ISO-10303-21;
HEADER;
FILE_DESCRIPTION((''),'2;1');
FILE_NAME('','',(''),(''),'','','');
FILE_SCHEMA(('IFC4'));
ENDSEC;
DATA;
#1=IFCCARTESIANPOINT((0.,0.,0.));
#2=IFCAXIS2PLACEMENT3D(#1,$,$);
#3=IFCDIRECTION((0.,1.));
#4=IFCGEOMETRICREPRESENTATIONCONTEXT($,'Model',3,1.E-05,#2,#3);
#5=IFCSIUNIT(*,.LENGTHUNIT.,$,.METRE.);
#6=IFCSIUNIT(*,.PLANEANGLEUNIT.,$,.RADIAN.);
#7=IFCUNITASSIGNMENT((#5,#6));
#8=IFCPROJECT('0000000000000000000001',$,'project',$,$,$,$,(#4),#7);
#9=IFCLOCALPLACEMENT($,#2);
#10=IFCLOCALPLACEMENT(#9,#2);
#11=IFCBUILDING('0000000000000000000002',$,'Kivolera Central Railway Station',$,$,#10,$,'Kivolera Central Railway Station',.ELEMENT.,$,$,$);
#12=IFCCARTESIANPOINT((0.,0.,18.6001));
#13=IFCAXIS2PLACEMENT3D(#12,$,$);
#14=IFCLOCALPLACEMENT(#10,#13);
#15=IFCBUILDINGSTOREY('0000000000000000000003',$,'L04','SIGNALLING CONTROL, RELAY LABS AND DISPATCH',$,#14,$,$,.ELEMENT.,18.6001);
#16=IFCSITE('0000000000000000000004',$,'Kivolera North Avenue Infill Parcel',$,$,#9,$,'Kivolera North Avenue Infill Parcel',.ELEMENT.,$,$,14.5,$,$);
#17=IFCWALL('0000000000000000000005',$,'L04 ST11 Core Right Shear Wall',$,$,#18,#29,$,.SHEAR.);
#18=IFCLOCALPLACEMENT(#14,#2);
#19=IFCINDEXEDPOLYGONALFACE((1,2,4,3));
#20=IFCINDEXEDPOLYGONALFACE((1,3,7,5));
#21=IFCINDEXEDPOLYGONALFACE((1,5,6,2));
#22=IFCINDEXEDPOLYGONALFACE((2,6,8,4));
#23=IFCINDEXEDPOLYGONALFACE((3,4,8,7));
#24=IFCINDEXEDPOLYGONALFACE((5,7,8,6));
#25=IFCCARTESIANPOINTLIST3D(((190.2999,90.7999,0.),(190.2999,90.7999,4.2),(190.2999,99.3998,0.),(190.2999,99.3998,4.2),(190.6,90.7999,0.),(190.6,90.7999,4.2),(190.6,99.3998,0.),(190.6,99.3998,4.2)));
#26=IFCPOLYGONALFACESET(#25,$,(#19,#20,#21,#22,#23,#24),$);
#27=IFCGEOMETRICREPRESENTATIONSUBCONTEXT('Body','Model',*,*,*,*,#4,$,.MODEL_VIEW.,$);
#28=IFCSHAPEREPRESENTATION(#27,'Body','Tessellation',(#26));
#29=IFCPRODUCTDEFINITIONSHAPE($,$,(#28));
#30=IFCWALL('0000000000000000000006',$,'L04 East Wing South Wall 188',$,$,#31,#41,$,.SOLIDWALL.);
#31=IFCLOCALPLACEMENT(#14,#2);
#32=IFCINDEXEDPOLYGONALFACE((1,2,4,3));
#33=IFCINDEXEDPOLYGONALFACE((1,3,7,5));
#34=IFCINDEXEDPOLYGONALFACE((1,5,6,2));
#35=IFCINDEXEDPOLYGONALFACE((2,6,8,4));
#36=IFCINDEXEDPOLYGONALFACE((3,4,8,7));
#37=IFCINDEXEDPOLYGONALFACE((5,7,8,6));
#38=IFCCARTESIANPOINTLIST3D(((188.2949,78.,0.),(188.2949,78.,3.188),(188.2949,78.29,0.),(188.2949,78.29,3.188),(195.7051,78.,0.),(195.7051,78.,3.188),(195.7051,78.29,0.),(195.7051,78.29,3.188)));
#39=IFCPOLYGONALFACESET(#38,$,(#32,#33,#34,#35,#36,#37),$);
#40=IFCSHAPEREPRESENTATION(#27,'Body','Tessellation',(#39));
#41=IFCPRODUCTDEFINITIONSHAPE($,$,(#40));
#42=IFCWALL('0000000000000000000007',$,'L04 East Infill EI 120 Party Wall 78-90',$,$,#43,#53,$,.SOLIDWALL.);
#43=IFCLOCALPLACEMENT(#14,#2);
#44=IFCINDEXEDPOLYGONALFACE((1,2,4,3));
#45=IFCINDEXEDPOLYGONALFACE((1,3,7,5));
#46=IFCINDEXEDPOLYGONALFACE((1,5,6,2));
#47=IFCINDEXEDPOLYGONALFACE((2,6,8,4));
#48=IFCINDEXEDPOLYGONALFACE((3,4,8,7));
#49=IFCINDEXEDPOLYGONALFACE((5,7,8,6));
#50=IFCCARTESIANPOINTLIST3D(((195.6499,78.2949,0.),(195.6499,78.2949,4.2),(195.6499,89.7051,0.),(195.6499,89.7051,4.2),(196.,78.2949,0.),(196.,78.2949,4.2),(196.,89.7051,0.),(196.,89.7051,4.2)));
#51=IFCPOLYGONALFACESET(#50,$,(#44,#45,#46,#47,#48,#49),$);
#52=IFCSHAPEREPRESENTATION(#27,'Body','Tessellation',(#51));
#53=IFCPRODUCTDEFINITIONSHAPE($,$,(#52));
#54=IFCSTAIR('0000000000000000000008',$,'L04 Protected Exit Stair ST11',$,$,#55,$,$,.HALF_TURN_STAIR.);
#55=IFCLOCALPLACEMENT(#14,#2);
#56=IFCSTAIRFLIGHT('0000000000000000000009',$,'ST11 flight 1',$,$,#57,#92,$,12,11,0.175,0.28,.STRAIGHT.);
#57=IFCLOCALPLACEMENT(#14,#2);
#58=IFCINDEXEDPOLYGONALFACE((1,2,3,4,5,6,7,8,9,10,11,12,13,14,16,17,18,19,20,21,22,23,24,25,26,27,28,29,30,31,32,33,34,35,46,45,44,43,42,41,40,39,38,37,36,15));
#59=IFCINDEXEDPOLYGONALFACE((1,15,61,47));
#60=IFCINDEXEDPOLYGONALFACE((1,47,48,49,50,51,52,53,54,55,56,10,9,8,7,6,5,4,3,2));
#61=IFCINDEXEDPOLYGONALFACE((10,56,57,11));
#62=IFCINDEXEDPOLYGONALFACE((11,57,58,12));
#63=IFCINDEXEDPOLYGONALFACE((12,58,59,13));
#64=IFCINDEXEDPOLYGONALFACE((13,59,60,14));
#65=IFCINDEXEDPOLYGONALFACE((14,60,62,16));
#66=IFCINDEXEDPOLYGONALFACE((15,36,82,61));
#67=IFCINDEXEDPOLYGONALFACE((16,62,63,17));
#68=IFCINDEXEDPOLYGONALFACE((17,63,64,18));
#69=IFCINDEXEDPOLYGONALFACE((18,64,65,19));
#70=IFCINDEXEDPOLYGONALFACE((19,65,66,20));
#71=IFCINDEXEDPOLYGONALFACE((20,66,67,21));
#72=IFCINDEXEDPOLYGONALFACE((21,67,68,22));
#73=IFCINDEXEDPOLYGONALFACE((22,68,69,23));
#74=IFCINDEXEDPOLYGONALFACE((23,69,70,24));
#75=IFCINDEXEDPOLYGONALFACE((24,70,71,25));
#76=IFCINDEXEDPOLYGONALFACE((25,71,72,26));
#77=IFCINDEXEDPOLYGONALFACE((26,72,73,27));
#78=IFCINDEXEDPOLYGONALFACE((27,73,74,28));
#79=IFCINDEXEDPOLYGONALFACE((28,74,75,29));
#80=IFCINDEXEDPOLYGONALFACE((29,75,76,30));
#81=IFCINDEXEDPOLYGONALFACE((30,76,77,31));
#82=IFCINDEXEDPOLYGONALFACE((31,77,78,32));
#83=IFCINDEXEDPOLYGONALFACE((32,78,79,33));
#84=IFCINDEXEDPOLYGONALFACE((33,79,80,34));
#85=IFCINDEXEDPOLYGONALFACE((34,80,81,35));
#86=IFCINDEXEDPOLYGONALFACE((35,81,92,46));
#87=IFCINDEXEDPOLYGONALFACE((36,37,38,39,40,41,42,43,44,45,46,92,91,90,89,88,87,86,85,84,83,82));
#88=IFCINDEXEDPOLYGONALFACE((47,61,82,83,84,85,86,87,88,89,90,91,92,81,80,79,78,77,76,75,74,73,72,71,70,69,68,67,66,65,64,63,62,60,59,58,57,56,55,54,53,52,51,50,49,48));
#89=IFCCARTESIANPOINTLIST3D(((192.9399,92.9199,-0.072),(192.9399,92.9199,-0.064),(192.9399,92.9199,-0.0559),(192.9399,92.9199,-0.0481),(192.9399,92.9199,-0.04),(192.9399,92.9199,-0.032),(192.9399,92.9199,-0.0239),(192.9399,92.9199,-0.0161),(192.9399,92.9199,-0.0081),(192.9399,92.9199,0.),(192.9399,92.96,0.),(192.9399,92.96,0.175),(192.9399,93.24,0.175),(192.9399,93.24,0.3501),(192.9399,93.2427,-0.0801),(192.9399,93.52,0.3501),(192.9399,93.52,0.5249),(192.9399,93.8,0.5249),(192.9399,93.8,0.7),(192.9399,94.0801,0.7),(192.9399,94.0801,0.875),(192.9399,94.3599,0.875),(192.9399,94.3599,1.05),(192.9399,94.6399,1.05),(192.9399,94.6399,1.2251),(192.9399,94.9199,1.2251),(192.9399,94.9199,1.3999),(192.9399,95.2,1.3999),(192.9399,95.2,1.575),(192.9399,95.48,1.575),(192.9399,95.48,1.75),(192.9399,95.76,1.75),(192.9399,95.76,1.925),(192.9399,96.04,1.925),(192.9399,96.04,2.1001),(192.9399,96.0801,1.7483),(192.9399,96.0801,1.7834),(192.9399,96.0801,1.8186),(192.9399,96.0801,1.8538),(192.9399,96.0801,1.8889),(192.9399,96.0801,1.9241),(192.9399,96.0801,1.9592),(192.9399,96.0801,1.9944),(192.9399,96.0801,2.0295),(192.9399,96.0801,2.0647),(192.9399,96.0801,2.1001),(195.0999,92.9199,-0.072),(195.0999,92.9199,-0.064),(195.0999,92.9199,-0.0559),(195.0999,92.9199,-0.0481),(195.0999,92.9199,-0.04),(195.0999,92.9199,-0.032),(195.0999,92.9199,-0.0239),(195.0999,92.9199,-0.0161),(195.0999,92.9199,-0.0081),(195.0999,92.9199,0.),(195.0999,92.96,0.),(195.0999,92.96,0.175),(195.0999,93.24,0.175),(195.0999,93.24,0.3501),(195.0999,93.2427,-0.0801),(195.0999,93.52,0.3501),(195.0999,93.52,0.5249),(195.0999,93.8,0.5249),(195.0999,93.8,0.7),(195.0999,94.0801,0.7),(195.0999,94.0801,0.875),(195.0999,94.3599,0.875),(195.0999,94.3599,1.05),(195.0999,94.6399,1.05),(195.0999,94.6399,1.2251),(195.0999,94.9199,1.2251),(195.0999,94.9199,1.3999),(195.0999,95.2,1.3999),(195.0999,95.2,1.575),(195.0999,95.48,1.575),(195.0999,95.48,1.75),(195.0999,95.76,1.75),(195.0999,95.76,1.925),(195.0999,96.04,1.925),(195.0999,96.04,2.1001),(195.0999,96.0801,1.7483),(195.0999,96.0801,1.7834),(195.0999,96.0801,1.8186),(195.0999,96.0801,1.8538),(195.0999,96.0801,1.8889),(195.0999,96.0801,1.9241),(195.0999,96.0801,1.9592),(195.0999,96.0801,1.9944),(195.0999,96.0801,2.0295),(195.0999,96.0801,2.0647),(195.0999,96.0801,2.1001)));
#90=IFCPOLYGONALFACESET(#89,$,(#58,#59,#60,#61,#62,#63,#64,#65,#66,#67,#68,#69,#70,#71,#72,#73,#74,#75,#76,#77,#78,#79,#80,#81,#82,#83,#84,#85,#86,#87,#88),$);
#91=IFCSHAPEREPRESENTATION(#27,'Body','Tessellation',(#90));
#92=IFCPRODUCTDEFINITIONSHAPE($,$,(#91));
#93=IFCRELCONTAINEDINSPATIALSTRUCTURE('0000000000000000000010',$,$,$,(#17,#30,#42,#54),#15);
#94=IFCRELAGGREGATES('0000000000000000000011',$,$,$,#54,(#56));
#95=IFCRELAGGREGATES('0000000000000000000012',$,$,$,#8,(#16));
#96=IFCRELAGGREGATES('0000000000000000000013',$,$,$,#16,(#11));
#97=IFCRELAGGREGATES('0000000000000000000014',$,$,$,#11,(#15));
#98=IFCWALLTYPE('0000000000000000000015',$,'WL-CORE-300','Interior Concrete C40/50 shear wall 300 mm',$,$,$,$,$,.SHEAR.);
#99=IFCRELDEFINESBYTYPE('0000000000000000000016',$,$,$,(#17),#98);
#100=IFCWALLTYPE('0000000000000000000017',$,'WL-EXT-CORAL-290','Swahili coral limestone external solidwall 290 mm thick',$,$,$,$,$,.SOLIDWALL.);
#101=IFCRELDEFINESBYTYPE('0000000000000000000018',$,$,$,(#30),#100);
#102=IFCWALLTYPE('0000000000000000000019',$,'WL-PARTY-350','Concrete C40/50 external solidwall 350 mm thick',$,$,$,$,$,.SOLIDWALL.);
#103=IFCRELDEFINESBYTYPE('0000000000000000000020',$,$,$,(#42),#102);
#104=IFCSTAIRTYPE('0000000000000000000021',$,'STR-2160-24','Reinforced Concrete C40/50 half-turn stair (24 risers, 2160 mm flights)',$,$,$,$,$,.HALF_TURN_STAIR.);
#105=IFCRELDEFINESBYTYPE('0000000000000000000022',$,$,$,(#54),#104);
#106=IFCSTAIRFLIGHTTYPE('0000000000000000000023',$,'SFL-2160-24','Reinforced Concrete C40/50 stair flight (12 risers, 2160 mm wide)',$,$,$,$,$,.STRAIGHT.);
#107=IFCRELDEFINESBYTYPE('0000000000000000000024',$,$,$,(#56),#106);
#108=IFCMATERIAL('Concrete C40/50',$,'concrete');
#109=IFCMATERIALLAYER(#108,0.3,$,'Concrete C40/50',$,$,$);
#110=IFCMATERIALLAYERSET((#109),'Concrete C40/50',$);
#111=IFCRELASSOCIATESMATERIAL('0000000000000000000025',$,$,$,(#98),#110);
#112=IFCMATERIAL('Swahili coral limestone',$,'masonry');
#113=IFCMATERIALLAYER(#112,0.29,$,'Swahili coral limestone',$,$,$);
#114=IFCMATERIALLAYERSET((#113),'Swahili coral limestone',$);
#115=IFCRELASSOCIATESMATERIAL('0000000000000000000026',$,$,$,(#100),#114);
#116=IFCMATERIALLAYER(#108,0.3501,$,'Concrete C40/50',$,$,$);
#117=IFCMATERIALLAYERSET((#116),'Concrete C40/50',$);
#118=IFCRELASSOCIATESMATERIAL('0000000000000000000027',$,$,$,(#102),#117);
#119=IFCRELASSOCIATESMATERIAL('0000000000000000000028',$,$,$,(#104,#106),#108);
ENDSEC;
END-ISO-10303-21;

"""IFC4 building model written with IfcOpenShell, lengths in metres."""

from ifc_helpers import new_model, si_unit, direction, frame, frame_2d, origin, place, context, subcontext, project, spatial, polyline, rectangle, outline, extrude, material, layer, layer_set, type_object, element, aggregate, save


model = new_model("IFC4")

# Units and contexts
model_context = context("Model", 3, precision=1e-05, world=origin(), true_north=direction((0.0, 1.0)))
body_context = subcontext(model_context, "Body", "Model", "MODEL_VIEW")
ifc_project = project(units=[si_unit("LENGTHUNIT", "METRE"), si_unit("PLANEANGLEUNIT", "RADIAN")], contexts=[model_context])

# Site, building, storey
site_placement = place(None, origin())
site = spatial("IfcSite", under=ifc_project, at=site_placement, Name="Kivolera North Avenue Infill Parcel", LongName="Kivolera North Avenue Infill Parcel", CompositionType="ELEMENT", RefElevation=14.5)
building_placement = place(site_placement, origin())
building = spatial("IfcBuilding", under=site, at=building_placement, Name="Kivolera Central Railway Station", LongName="Kivolera Central Railway Station", CompositionType="ELEMENT")
storey_placement = place(building_placement, frame((0.0, 0.0, 18.6001)))
storey = spatial("IfcBuildingStorey", under=building, at=storey_placement, Name="L04", Description="SIGNALLING CONTROL, RELAY LABS AND DISPATCH", CompositionType="ELEMENT", Elevation=18.6001)

# Shared definitions
ifc_material_1 = material(Name="Concrete C40/50", Category="concrete")

# Wall
ifc_layer_1 = layer(ifc_material_1, 0.3, Name="Concrete C40/50")
ifc_layer_set_1 = layer_set([ifc_layer_1], Name="Concrete C40/50")
wall_type_1 = type_object("IfcWallType", Name="WL-CORE-300", Description="Interior Concrete C40/50 shear wall 300 mm", PredefinedType="SHEAR", material=ifc_layer_set_1)
wall_1_placement = place(storey_placement, frame((190.45, 90.8, 0.0), z_axis=(0.0, 0.0, 1.0), x_axis=(0.0, 1.0, 0.0)))
element("IfcWall", 1, at=wall_1_placement, inside=storey, type_object=wall_type_1, Name="L04 ST11 Core Right Shear Wall", PredefinedType="SHEAR", context=body_context, shape_type="SweptSolid", body=[
    extrude(rectangle(XDim=8.5999, YDim=0.3, at=frame_2d((4.2998, 0.0))), origin(), (0.0, 0.0, 1.0), 4.2),
])

# Walls
ifc_material_2 = material(Name="Swahili coral limestone", Category="masonry")
ifc_layer_2 = layer(ifc_material_2, 0.29, Name="Swahili coral limestone")
ifc_layer_set_2 = layer_set([ifc_layer_2], Name="Swahili coral limestone")
wall_type_2 = type_object("IfcWallType", Name="WL-EXT-CORAL-290", Description="Swahili coral limestone external solidwall 290 mm thick", PredefinedType="SOLIDWALL", material=ifc_layer_set_2)
wall_2_placement = place(storey_placement, frame((195.7051, 78.145, 0.0), z_axis=(0.0, 0.0, 1.0), x_axis=(-1.0, 0.0, 0.0)))
element("IfcWall", 2, at=wall_2_placement, inside=storey, type_object=wall_type_2, Name="L04 East Wing South Wall 188", PredefinedType="SOLIDWALL", context=body_context, shape_type="SweptSolid", body=[
    extrude(rectangle(XDim=7.4102, YDim=0.29, at=frame_2d((3.7051, 0.0))), origin(), (0.0, 0.0, 1.0), 3.188),
])
ifc_layer_3 = layer(ifc_material_1, 0.3501, Name="Concrete C40/50")
ifc_layer_set_3 = layer_set([ifc_layer_3], Name="Concrete C40/50")
wall_type_3 = type_object("IfcWallType", Name="WL-PARTY-350", Description="Concrete C40/50 external solidwall 350 mm thick", PredefinedType="SOLIDWALL", material=ifc_layer_set_3)
wall_3_placement = place(storey_placement, frame((195.825, 89.7051, 0.0), z_axis=(0.0, 0.0, 1.0), x_axis=(0.0, -1.0, 0.0)))
element("IfcWall", 3, at=wall_3_placement, inside=storey, type_object=wall_type_3, Name="L04 East Infill EI 120 Party Wall 78-90", PredefinedType="SOLIDWALL", context=body_context, shape_type="SweptSolid", body=[
    extrude(rectangle(XDim=11.4102, YDim=0.3501, at=frame_2d((5.7051, 0.0))), origin(), (0.0, 0.0, 1.0), 4.2),
])

# Stair, stair flight
stair_type = type_object("IfcStairType", Name="STR-2160-24", Description="Reinforced Concrete C40/50 half-turn stair (24 risers, 2160 mm flights)", PredefinedType="HALF_TURN_STAIR", material=ifc_material_1)
stair_placement = place(storey_placement, origin())
stair = element("IfcStair", 4, at=stair_placement, inside=storey, type_object=stair_type, Name="L04 Protected Exit Stair ST11", PredefinedType="HALF_TURN_STAIR")
stair_flight_type = type_object("IfcStairFlightType", Name="SFL-2160-24", Description="Reinforced Concrete C40/50 stair flight (12 risers, 2160 mm wide)", PredefinedType="STRAIGHT", material=ifc_material_1)
stair_flight_placement = place(storey_placement, frame((194.02, 92.96, 0.0), z_axis=(0.0, 0.0, 1.0), x_axis=(0.0, 1.0, 0.0)))
stair_flight = element("IfcStairFlight", 5, at=stair_flight_placement, type_object=stair_flight_type, Name="ST11 flight 1", NumberOfRisers=12, NumberOfTreads=11, PredefinedType="STRAIGHT", RiserHeight=0.175, TreadLength=0.28, context=body_context, shape_type="SweptSolid", body=[
    extrude(outline(polyline([(-0.04, 0.0), (0.0, 0.0), (0.0, 0.175), (0.28, 0.175), (0.28, 0.3501), (0.5601, 0.3501), (0.5601, 0.5249), (0.8401, 0.5249), (0.8401, 0.7), (1.1201, 0.7), (1.1201, 0.875), (1.3999, 0.875), (1.3999, 1.05), (1.6799, 1.05), (1.6799, 1.2251), (1.96, 1.2251), (1.96, 1.3999), (2.24, 1.3999), (2.24, 1.575), (2.52, 1.575), (2.52, 1.75), (2.8, 1.75), (2.8, 1.925), (3.0801, 1.925), (3.0801, 2.1001), (3.1201, 2.1001), (3.1201, 2.0647), (3.1201, 2.0295), (3.1201, 1.9944), (3.1201, 1.9592), (3.1201, 1.9241), (3.1201, 1.8889), (3.1201, 1.8538), (3.1201, 1.8186), (3.1201, 1.7834), (3.1201, 1.7483), (0.2827, -0.0801), (-0.04, -0.072), (-0.04, -0.064), (-0.04, -0.0559), (-0.04, -0.0481), (-0.04, -0.04), (-0.04, -0.032), (-0.04, -0.0239), (-0.04, -0.0161), (-0.04, -0.0081), (-0.04, 0.0)])), frame((0.0, 1.0801, 0.0), z_axis=(0.0, -1.0, 0.0), x_axis=(1.0, 0.0, 0.0)), (0.0, 0.0, 1.0), 2.1599),
])
aggregate(stair, [stair_flight])

save(model, "model.ifc")
